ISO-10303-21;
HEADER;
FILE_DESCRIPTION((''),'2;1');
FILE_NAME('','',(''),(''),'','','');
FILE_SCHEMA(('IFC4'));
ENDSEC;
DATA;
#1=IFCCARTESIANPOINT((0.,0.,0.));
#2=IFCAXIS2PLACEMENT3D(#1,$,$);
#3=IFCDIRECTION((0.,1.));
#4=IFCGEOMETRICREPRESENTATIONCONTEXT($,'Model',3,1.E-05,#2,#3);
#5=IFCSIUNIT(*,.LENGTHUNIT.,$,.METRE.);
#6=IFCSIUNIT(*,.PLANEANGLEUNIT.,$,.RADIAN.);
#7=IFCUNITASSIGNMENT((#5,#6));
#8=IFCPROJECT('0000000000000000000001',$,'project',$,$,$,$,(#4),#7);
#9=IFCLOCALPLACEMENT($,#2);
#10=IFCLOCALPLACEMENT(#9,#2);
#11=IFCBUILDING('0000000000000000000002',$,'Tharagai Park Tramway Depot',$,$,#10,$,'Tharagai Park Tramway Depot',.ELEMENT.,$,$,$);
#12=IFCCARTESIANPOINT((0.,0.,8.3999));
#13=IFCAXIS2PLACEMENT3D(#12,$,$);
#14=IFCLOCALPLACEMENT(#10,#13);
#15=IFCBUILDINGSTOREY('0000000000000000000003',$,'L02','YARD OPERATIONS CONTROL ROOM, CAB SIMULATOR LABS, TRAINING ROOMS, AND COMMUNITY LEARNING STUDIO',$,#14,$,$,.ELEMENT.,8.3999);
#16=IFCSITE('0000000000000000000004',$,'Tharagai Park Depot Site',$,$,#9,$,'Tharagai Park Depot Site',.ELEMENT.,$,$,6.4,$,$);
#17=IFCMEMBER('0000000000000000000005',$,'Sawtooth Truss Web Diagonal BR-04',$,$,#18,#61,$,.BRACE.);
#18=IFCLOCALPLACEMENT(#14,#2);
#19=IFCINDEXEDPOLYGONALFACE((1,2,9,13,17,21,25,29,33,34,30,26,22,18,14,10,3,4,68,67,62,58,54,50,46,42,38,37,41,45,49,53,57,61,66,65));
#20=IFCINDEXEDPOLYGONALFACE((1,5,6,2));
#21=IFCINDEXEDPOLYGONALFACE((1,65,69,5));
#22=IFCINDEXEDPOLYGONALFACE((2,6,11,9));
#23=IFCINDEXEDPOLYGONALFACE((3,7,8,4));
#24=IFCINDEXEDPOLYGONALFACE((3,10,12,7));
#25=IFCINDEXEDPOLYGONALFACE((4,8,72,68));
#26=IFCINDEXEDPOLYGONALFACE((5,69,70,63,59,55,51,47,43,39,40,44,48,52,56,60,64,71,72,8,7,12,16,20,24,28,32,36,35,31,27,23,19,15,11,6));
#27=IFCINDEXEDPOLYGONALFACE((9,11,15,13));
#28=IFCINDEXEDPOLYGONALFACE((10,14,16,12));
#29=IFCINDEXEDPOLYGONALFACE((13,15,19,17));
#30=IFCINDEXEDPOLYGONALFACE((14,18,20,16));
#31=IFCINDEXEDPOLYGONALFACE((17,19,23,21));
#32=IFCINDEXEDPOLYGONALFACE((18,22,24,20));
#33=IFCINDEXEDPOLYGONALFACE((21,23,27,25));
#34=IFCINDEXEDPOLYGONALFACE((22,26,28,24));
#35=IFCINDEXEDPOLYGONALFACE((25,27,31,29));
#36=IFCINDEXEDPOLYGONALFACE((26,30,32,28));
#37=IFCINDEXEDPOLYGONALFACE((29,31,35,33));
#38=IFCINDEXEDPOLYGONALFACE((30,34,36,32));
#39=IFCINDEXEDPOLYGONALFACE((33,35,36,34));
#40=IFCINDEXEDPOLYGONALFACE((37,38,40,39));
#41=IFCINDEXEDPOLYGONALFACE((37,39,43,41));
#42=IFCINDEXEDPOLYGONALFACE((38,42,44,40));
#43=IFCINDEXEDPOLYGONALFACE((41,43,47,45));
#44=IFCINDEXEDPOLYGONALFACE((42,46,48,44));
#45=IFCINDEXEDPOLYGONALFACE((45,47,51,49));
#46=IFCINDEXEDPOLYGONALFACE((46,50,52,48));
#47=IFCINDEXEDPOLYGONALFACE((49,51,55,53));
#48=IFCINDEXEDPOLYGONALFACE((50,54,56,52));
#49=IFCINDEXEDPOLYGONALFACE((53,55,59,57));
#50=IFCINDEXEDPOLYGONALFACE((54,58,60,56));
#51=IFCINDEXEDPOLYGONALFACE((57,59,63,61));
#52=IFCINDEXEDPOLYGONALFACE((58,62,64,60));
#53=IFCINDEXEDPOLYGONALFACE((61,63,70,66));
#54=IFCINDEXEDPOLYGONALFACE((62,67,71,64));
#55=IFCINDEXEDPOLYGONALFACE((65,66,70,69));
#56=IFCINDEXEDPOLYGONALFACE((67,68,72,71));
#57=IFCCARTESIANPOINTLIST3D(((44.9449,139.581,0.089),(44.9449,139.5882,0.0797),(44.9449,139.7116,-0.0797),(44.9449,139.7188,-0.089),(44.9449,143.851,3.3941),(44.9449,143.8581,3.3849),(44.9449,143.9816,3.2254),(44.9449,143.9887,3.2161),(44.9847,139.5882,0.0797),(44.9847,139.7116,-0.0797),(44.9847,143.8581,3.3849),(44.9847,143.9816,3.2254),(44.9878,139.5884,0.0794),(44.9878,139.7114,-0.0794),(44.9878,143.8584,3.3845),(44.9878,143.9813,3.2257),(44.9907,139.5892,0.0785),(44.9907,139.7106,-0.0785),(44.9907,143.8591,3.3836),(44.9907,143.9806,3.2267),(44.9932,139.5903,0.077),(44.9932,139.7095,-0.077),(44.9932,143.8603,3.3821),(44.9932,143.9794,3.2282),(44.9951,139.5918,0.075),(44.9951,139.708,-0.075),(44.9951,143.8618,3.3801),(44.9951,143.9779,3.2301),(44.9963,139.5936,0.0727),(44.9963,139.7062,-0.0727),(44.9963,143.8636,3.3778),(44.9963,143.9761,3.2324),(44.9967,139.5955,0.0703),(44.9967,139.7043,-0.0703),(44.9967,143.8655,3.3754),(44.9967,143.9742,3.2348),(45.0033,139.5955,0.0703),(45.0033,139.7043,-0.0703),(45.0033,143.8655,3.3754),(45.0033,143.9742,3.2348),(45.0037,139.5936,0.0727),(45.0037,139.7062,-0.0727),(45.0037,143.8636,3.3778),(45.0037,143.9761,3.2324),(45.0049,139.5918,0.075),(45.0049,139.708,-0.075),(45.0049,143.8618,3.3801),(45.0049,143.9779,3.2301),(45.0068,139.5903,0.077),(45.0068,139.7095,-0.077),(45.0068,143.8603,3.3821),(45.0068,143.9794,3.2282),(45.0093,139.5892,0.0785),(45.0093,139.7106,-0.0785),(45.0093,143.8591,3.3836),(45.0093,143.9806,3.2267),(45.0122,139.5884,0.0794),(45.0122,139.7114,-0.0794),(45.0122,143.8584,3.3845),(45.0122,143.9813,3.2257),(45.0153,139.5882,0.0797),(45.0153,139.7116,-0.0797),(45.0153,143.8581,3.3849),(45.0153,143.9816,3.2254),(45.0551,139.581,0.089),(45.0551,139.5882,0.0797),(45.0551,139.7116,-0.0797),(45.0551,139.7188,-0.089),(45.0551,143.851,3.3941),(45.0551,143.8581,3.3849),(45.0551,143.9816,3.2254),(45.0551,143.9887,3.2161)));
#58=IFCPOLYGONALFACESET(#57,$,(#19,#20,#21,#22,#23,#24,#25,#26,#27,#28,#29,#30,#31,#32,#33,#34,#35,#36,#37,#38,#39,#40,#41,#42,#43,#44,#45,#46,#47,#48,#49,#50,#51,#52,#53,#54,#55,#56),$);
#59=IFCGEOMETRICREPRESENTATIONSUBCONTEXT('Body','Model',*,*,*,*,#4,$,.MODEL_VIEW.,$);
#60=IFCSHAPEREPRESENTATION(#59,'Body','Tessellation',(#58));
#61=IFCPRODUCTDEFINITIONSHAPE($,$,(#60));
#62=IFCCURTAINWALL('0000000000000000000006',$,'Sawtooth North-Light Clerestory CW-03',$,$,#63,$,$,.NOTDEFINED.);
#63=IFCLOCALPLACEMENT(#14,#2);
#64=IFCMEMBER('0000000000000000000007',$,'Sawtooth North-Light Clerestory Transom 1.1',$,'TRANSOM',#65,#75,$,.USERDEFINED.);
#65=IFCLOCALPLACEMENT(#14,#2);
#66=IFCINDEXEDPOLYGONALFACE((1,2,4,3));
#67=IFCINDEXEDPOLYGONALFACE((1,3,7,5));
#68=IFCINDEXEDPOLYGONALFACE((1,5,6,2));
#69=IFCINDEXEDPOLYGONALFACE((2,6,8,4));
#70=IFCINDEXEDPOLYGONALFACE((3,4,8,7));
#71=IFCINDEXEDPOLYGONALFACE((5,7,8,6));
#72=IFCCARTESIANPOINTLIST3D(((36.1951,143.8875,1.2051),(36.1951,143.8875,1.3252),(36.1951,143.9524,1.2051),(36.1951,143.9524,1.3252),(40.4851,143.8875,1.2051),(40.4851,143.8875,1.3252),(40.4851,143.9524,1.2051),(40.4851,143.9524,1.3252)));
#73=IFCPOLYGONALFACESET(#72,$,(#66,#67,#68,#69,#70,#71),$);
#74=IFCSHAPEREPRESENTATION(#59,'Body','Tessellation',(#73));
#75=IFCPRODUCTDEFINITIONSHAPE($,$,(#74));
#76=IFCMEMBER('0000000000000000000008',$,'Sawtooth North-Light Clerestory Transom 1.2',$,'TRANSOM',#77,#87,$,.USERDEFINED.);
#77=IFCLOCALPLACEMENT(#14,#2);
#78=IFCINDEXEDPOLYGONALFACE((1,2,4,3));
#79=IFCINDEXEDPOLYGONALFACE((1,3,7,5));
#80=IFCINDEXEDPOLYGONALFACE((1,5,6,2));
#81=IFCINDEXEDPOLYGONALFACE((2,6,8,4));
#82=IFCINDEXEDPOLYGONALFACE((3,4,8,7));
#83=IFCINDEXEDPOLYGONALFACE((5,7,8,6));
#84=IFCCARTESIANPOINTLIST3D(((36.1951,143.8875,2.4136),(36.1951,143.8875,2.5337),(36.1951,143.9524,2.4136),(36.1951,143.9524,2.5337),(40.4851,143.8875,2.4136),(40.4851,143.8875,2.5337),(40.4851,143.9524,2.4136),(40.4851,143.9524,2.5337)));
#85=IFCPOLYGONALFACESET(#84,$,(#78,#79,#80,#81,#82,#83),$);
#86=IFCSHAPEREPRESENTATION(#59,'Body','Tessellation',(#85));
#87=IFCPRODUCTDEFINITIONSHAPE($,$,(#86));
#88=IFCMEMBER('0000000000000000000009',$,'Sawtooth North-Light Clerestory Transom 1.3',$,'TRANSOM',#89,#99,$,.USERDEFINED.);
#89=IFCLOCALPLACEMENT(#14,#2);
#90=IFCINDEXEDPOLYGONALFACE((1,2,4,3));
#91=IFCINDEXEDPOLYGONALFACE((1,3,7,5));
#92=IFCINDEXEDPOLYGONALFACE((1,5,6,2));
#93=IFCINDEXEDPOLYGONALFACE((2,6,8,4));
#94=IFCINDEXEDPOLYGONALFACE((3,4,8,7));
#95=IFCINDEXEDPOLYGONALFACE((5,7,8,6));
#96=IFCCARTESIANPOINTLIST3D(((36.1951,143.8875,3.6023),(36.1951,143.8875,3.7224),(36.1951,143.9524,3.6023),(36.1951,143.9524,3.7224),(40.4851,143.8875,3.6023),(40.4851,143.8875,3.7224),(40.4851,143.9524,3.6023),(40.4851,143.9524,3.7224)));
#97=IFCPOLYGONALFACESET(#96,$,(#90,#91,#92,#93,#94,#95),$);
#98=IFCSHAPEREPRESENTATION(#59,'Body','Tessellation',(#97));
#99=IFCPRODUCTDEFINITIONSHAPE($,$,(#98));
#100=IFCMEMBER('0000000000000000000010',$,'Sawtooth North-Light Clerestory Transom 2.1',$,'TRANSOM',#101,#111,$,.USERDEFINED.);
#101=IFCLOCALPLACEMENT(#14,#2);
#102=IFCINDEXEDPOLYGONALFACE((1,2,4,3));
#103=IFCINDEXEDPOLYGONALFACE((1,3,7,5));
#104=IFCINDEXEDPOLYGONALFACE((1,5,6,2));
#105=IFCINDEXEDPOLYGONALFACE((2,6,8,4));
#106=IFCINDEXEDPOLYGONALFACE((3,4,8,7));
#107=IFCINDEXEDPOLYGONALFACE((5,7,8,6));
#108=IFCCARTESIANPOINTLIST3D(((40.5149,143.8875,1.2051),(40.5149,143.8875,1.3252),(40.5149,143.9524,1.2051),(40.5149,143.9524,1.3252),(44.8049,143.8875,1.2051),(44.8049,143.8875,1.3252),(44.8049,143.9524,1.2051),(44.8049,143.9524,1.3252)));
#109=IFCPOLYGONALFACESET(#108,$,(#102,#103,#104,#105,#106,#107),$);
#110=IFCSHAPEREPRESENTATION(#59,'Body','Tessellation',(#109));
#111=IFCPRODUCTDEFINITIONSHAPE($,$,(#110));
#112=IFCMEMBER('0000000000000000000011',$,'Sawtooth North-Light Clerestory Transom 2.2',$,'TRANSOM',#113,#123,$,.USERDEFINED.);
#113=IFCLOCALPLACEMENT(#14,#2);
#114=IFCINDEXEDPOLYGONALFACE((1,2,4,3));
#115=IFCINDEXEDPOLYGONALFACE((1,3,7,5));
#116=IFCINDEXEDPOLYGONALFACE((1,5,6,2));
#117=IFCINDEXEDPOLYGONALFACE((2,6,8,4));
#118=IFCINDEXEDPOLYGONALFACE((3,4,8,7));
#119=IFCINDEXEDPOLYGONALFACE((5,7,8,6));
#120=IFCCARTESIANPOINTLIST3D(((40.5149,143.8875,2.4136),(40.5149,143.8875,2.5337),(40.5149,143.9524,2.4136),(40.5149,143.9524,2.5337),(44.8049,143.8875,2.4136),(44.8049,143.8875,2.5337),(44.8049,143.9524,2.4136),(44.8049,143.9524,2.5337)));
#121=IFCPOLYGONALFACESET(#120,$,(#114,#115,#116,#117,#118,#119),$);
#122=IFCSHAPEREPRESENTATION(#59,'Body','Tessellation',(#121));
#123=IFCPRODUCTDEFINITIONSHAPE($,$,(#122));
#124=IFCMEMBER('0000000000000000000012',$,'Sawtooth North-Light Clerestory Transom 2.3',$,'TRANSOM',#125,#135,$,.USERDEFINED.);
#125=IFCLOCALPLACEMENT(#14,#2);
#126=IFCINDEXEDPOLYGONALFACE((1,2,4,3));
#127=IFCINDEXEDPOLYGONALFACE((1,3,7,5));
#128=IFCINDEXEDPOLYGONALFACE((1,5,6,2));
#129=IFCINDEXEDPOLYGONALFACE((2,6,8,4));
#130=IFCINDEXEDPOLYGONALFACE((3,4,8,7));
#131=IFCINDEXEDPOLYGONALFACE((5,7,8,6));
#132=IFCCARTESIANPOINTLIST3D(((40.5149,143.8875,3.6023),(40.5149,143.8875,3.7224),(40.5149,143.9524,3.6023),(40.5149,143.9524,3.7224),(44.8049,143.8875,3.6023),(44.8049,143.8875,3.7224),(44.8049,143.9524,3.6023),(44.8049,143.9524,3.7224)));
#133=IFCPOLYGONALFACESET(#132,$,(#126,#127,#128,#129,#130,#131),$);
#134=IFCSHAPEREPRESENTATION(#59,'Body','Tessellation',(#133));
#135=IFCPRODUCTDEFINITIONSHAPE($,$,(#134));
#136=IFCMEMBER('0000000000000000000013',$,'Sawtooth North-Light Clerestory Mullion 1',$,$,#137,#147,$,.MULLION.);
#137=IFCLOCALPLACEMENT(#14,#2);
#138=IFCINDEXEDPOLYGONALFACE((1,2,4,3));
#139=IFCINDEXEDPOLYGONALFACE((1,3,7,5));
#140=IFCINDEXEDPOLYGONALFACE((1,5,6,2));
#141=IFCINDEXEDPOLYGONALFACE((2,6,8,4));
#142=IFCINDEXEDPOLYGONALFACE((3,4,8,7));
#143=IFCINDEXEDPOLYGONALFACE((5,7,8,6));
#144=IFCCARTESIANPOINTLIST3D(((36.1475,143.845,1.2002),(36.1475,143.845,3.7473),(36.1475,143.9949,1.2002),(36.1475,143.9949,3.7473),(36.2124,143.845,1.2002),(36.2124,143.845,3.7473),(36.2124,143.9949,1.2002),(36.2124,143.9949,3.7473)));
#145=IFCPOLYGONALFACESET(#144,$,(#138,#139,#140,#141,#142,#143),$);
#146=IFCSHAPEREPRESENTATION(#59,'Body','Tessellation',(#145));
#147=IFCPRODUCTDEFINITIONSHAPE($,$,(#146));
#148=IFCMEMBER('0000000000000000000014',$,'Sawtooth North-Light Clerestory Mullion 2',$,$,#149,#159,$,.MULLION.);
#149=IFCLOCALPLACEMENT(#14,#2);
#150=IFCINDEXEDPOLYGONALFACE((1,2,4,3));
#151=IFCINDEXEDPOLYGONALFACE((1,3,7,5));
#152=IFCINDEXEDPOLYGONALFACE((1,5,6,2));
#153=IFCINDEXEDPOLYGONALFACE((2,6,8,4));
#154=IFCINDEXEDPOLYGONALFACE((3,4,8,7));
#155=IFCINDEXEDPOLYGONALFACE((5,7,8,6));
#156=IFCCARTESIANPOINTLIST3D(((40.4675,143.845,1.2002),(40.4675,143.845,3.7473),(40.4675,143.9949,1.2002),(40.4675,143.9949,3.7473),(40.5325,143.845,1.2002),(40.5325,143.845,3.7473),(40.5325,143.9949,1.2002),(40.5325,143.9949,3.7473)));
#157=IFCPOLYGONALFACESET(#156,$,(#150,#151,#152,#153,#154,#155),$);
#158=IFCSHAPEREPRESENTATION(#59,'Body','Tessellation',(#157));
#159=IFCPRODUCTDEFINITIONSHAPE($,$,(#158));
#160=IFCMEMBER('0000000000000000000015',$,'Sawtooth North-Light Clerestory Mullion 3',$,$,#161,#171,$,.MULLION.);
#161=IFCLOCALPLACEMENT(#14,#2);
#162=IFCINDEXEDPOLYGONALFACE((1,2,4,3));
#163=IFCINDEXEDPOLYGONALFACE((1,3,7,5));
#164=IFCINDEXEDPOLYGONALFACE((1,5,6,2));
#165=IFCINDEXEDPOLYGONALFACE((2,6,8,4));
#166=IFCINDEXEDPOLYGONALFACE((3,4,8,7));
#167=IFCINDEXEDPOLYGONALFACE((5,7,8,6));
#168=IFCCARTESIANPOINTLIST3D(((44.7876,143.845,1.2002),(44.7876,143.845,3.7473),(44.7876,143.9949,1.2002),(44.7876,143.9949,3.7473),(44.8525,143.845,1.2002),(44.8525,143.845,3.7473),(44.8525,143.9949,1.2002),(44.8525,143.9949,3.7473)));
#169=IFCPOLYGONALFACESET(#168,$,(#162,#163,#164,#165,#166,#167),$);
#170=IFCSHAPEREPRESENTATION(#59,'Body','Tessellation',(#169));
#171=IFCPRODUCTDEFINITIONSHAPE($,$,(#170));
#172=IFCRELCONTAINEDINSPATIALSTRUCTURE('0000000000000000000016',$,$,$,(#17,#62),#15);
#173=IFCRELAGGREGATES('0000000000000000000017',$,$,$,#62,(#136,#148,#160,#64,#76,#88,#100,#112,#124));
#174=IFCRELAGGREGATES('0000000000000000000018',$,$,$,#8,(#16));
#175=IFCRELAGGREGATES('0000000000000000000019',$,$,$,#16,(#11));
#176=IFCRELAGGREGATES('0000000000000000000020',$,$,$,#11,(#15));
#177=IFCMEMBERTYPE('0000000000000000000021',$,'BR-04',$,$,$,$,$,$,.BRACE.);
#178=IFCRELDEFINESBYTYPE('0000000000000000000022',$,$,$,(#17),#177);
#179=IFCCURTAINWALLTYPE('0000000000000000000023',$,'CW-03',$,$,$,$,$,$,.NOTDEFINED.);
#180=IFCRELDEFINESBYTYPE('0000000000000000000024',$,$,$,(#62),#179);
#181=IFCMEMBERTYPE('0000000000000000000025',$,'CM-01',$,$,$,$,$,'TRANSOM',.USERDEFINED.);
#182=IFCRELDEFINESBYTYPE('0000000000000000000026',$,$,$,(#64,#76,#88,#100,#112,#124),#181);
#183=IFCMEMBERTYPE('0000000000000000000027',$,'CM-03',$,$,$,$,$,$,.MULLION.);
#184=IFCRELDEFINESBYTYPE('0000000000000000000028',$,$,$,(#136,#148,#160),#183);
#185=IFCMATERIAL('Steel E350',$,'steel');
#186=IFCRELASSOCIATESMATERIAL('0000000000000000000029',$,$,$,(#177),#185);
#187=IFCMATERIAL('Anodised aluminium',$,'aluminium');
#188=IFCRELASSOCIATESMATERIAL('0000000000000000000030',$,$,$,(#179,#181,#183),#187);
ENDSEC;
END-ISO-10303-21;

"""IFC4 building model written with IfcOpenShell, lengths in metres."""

from ifc_helpers import new_model, si_unit, direction, frame, origin, origin_2d, place, context, subcontext, project, spatial, rectangle, i_section, extrude, material, material_profile, profile_set, type_object, element, aggregate, save


model = new_model("IFC4")

# Units and contexts
model_context = context("Model", 3, precision=1e-05, world=origin(), true_north=direction((0.0, 1.0)))
body_context = subcontext(model_context, "Body", "Model", "MODEL_VIEW")
ifc_project = project(units=[si_unit("LENGTHUNIT", "METRE"), si_unit("PLANEANGLEUNIT", "RADIAN")], contexts=[model_context])

# Site, building, storey
site_placement = place(None, origin())
site = spatial("IfcSite", under=ifc_project, at=site_placement, Name="Tharagai Park Depot Site", LongName="Tharagai Park Depot Site", CompositionType="ELEMENT", RefElevation=6.4)
building_placement = place(site_placement, origin())
building = spatial("IfcBuilding", under=site, at=building_placement, Name="Tharagai Park Tramway Depot", LongName="Tharagai Park Tramway Depot", CompositionType="ELEMENT")
storey_placement = place(building_placement, frame((0.0, 0.0, 8.3999)))
storey = spatial("IfcBuildingStorey", under=building, at=storey_placement, Name="L02", Description="YARD OPERATIONS CONTROL ROOM, CAB SIMULATOR LABS, TRAINING ROOMS, AND COMMUNITY LEARNING STUDIO", CompositionType="ELEMENT", Elevation=8.3999)

# Shared definitions
ifc_material_1 = material(Name="Steel E350", Category="steel")

# Member
ifc_material_profile_1 = material_profile(ifc_material_1, i_section(OverallWidth=0.1101, OverallDepth=0.2251, WebThickness=0.0066, FlangeThickness=0.0117, FilletRadius=0.012, at=origin_2d()), Name="ISMB 225")
ifc_profile_set_1 = profile_set([ifc_material_profile_1], Name="Steel E350")
member_type_1 = type_object("IfcMemberType", Name="BR-04", PredefinedType="BRACE", material=ifc_profile_set_1)
for number, where, z_axis, x_axis, name in (
    (1, (45.0, 139.6499, 0.0), (0.0, 0.790782, 0.612098), (-1.0, 0.0, 0.0), "Sawtooth Truss Web Diagonal BR-04"),
):
    element("IfcMember", number, at=place(storey_placement, frame(where, z_axis=z_axis, x_axis=x_axis)), inside=storey, type_object=member_type_1, Name=name, PredefinedType="BRACE", context=body_context, shape_type="SweptSolid", body=[
        extrude(i_section(OverallWidth=0.1101, OverallDepth=0.2251, WebThickness=0.0066, FlangeThickness=0.0117, FilletRadius=0.012, at=origin_2d()), origin(), (0.0, 0.0, 1.0), 5.3997),
    ])

# Curtain wall, members
ifc_material_2 = material(Name="Anodised aluminium", Category="aluminium")
curtain_wall_type = type_object("IfcCurtainWallType", Name="CW-03", PredefinedType="NOTDEFINED", material=ifc_material_2)
curtain_wall_placement = place(storey_placement, origin())
curtain_wall = element("IfcCurtainWall", 2, at=curtain_wall_placement, inside=storey, type_object=curtain_wall_type, Name="Sawtooth North-Light Clerestory CW-03", PredefinedType="NOTDEFINED")
ifc_material_profile_2 = material_profile(ifc_material_2, rectangle(XDim=0.0649, YDim=0.1201, at=origin_2d()), Name="ALU 65x120")
ifc_profile_set_2 = profile_set([ifc_material_profile_2], Name="Anodised aluminium")
member_type_2 = type_object("IfcMemberType", Name="CM-01", ElementType="TRANSOM", PredefinedType="USERDEFINED", material=ifc_profile_set_2)
member_1_placement = place(storey_placement, frame((36.1951, 143.9199, 1.2651), z_axis=(1.0, 0.0, 0.0), x_axis=(0.0, 1.0, 0.0)))
member_1 = element("IfcMember", 3, at=member_1_placement, type_object=member_type_2, Name="Sawtooth North-Light Clerestory Transom 1.1", ObjectType="TRANSOM", PredefinedType="USERDEFINED", context=body_context, shape_type="SweptSolid", body=[
    extrude(rectangle(XDim=0.0649, YDim=0.1201, at=origin_2d()), origin(), (0.0, 0.0, 1.0), 4.29),
])
member_2_placement = place(storey_placement, frame((36.1951, 143.9199, 2.4736), z_axis=(1.0, 0.0, 0.0), x_axis=(0.0, 1.0, 0.0)))
member_2 = element("IfcMember", 4, at=member_2_placement, type_object=member_type_2, Name="Sawtooth North-Light Clerestory Transom 1.2", ObjectType="TRANSOM", PredefinedType="USERDEFINED", context=body_context, shape_type="SweptSolid", body=[
    extrude(rectangle(XDim=0.0649, YDim=0.1201, at=origin_2d()), origin(), (0.0, 0.0, 1.0), 4.29),
])
member_3_placement = place(storey_placement, frame((36.1951, 143.9199, 3.6624), z_axis=(1.0, 0.0, 0.0), x_axis=(0.0, 1.0, 0.0)))
member_3 = element("IfcMember", 5, at=member_3_placement, type_object=member_type_2, Name="Sawtooth North-Light Clerestory Transom 1.3", ObjectType="TRANSOM", PredefinedType="USERDEFINED", context=body_context, shape_type="SweptSolid", body=[
    extrude(rectangle(XDim=0.0649, YDim=0.1201, at=origin_2d()), origin(), (0.0, 0.0, 1.0), 4.29),
])
member_4_placement = place(storey_placement, frame((40.5149, 143.9199, 1.2651), z_axis=(1.0, 0.0, 0.0), x_axis=(0.0, 1.0, 0.0)))
member_4 = element("IfcMember", 6, at=member_4_placement, type_object=member_type_2, Name="Sawtooth North-Light Clerestory Transom 2.1", ObjectType="TRANSOM", PredefinedType="USERDEFINED", context=body_context, shape_type="SweptSolid", body=[
    extrude(rectangle(XDim=0.0649, YDim=0.1201, at=origin_2d()), origin(), (0.0, 0.0, 1.0), 4.29),
])
member_5_placement = place(storey_placement, frame((40.5149, 143.9199, 2.4736), z_axis=(1.0, 0.0, 0.0), x_axis=(0.0, 1.0, 0.0)))
member_5 = element("IfcMember", 7, at=member_5_placement, type_object=member_type_2, Name="Sawtooth North-Light Clerestory Transom 2.2", ObjectType="TRANSOM", PredefinedType="USERDEFINED", context=body_context, shape_type="SweptSolid", body=[
    extrude(rectangle(XDim=0.0649, YDim=0.1201, at=origin_2d()), origin(), (0.0, 0.0, 1.0), 4.29),
])
member_6_placement = place(storey_placement, frame((40.5149, 143.9199, 3.6624), z_axis=(1.0, 0.0, 0.0), x_axis=(0.0, 1.0, 0.0)))
member_6 = element("IfcMember", 8, at=member_6_placement, type_object=member_type_2, Name="Sawtooth North-Light Clerestory Transom 2.3", ObjectType="TRANSOM", PredefinedType="USERDEFINED", context=body_context, shape_type="SweptSolid", body=[
    extrude(rectangle(XDim=0.0649, YDim=0.1201, at=origin_2d()), origin(), (0.0, 0.0, 1.0), 4.29),
])
ifc_material_profile_3 = material_profile(ifc_material_2, rectangle(XDim=0.0649, YDim=0.1499, at=origin_2d()), Name="ALU 65x150")
ifc_profile_set_3 = profile_set([ifc_material_profile_3], Name="Anodised aluminium")
member_type_3 = type_object("IfcMemberType", Name="CM-03", PredefinedType="MULLION", material=ifc_profile_set_3)
member_7_placement = place(storey_placement, frame((36.1799, 143.9199, 1.2002), z_axis=(0.0, 0.0, 1.0), x_axis=(1.0, 0.0, 0.0)))
member_7 = element("IfcMember", 9, at=member_7_placement, type_object=member_type_3, Name="Sawtooth North-Light Clerestory Mullion 1", PredefinedType="MULLION", context=body_context, shape_type="SweptSolid", body=[
    extrude(rectangle(XDim=0.0649, YDim=0.1499, at=origin_2d()), origin(), (0.0, 0.0, 1.0), 2.5471),
])
member_8_placement = place(storey_placement, frame((40.5, 143.9199, 1.2002), z_axis=(0.0, 0.0, 1.0), x_axis=(1.0, 0.0, 0.0)))
member_8 = element("IfcMember", 10, at=member_8_placement, type_object=member_type_3, Name="Sawtooth North-Light Clerestory Mullion 2", PredefinedType="MULLION", context=body_context, shape_type="SweptSolid", body=[
    extrude(rectangle(XDim=0.0649, YDim=0.1499, at=origin_2d()), origin(), (0.0, 0.0, 1.0), 2.5471),
])
member_9_placement = place(storey_placement, frame((44.8201, 143.9199, 1.2002), z_axis=(0.0, 0.0, 1.0), x_axis=(1.0, 0.0, 0.0)))
member_9 = element("IfcMember", 11, at=member_9_placement, type_object=member_type_3, Name="Sawtooth North-Light Clerestory Mullion 3", PredefinedType="MULLION", context=body_context, shape_type="SweptSolid", body=[
    extrude(rectangle(XDim=0.0649, YDim=0.1499, at=origin_2d()), origin(), (0.0, 0.0, 1.0), 2.5471),
])

aggregate(curtain_wall, [member_7, member_8, member_9, member_1, member_2, member_3, member_4, member_5, member_6])

save(model, "model.ifc")
